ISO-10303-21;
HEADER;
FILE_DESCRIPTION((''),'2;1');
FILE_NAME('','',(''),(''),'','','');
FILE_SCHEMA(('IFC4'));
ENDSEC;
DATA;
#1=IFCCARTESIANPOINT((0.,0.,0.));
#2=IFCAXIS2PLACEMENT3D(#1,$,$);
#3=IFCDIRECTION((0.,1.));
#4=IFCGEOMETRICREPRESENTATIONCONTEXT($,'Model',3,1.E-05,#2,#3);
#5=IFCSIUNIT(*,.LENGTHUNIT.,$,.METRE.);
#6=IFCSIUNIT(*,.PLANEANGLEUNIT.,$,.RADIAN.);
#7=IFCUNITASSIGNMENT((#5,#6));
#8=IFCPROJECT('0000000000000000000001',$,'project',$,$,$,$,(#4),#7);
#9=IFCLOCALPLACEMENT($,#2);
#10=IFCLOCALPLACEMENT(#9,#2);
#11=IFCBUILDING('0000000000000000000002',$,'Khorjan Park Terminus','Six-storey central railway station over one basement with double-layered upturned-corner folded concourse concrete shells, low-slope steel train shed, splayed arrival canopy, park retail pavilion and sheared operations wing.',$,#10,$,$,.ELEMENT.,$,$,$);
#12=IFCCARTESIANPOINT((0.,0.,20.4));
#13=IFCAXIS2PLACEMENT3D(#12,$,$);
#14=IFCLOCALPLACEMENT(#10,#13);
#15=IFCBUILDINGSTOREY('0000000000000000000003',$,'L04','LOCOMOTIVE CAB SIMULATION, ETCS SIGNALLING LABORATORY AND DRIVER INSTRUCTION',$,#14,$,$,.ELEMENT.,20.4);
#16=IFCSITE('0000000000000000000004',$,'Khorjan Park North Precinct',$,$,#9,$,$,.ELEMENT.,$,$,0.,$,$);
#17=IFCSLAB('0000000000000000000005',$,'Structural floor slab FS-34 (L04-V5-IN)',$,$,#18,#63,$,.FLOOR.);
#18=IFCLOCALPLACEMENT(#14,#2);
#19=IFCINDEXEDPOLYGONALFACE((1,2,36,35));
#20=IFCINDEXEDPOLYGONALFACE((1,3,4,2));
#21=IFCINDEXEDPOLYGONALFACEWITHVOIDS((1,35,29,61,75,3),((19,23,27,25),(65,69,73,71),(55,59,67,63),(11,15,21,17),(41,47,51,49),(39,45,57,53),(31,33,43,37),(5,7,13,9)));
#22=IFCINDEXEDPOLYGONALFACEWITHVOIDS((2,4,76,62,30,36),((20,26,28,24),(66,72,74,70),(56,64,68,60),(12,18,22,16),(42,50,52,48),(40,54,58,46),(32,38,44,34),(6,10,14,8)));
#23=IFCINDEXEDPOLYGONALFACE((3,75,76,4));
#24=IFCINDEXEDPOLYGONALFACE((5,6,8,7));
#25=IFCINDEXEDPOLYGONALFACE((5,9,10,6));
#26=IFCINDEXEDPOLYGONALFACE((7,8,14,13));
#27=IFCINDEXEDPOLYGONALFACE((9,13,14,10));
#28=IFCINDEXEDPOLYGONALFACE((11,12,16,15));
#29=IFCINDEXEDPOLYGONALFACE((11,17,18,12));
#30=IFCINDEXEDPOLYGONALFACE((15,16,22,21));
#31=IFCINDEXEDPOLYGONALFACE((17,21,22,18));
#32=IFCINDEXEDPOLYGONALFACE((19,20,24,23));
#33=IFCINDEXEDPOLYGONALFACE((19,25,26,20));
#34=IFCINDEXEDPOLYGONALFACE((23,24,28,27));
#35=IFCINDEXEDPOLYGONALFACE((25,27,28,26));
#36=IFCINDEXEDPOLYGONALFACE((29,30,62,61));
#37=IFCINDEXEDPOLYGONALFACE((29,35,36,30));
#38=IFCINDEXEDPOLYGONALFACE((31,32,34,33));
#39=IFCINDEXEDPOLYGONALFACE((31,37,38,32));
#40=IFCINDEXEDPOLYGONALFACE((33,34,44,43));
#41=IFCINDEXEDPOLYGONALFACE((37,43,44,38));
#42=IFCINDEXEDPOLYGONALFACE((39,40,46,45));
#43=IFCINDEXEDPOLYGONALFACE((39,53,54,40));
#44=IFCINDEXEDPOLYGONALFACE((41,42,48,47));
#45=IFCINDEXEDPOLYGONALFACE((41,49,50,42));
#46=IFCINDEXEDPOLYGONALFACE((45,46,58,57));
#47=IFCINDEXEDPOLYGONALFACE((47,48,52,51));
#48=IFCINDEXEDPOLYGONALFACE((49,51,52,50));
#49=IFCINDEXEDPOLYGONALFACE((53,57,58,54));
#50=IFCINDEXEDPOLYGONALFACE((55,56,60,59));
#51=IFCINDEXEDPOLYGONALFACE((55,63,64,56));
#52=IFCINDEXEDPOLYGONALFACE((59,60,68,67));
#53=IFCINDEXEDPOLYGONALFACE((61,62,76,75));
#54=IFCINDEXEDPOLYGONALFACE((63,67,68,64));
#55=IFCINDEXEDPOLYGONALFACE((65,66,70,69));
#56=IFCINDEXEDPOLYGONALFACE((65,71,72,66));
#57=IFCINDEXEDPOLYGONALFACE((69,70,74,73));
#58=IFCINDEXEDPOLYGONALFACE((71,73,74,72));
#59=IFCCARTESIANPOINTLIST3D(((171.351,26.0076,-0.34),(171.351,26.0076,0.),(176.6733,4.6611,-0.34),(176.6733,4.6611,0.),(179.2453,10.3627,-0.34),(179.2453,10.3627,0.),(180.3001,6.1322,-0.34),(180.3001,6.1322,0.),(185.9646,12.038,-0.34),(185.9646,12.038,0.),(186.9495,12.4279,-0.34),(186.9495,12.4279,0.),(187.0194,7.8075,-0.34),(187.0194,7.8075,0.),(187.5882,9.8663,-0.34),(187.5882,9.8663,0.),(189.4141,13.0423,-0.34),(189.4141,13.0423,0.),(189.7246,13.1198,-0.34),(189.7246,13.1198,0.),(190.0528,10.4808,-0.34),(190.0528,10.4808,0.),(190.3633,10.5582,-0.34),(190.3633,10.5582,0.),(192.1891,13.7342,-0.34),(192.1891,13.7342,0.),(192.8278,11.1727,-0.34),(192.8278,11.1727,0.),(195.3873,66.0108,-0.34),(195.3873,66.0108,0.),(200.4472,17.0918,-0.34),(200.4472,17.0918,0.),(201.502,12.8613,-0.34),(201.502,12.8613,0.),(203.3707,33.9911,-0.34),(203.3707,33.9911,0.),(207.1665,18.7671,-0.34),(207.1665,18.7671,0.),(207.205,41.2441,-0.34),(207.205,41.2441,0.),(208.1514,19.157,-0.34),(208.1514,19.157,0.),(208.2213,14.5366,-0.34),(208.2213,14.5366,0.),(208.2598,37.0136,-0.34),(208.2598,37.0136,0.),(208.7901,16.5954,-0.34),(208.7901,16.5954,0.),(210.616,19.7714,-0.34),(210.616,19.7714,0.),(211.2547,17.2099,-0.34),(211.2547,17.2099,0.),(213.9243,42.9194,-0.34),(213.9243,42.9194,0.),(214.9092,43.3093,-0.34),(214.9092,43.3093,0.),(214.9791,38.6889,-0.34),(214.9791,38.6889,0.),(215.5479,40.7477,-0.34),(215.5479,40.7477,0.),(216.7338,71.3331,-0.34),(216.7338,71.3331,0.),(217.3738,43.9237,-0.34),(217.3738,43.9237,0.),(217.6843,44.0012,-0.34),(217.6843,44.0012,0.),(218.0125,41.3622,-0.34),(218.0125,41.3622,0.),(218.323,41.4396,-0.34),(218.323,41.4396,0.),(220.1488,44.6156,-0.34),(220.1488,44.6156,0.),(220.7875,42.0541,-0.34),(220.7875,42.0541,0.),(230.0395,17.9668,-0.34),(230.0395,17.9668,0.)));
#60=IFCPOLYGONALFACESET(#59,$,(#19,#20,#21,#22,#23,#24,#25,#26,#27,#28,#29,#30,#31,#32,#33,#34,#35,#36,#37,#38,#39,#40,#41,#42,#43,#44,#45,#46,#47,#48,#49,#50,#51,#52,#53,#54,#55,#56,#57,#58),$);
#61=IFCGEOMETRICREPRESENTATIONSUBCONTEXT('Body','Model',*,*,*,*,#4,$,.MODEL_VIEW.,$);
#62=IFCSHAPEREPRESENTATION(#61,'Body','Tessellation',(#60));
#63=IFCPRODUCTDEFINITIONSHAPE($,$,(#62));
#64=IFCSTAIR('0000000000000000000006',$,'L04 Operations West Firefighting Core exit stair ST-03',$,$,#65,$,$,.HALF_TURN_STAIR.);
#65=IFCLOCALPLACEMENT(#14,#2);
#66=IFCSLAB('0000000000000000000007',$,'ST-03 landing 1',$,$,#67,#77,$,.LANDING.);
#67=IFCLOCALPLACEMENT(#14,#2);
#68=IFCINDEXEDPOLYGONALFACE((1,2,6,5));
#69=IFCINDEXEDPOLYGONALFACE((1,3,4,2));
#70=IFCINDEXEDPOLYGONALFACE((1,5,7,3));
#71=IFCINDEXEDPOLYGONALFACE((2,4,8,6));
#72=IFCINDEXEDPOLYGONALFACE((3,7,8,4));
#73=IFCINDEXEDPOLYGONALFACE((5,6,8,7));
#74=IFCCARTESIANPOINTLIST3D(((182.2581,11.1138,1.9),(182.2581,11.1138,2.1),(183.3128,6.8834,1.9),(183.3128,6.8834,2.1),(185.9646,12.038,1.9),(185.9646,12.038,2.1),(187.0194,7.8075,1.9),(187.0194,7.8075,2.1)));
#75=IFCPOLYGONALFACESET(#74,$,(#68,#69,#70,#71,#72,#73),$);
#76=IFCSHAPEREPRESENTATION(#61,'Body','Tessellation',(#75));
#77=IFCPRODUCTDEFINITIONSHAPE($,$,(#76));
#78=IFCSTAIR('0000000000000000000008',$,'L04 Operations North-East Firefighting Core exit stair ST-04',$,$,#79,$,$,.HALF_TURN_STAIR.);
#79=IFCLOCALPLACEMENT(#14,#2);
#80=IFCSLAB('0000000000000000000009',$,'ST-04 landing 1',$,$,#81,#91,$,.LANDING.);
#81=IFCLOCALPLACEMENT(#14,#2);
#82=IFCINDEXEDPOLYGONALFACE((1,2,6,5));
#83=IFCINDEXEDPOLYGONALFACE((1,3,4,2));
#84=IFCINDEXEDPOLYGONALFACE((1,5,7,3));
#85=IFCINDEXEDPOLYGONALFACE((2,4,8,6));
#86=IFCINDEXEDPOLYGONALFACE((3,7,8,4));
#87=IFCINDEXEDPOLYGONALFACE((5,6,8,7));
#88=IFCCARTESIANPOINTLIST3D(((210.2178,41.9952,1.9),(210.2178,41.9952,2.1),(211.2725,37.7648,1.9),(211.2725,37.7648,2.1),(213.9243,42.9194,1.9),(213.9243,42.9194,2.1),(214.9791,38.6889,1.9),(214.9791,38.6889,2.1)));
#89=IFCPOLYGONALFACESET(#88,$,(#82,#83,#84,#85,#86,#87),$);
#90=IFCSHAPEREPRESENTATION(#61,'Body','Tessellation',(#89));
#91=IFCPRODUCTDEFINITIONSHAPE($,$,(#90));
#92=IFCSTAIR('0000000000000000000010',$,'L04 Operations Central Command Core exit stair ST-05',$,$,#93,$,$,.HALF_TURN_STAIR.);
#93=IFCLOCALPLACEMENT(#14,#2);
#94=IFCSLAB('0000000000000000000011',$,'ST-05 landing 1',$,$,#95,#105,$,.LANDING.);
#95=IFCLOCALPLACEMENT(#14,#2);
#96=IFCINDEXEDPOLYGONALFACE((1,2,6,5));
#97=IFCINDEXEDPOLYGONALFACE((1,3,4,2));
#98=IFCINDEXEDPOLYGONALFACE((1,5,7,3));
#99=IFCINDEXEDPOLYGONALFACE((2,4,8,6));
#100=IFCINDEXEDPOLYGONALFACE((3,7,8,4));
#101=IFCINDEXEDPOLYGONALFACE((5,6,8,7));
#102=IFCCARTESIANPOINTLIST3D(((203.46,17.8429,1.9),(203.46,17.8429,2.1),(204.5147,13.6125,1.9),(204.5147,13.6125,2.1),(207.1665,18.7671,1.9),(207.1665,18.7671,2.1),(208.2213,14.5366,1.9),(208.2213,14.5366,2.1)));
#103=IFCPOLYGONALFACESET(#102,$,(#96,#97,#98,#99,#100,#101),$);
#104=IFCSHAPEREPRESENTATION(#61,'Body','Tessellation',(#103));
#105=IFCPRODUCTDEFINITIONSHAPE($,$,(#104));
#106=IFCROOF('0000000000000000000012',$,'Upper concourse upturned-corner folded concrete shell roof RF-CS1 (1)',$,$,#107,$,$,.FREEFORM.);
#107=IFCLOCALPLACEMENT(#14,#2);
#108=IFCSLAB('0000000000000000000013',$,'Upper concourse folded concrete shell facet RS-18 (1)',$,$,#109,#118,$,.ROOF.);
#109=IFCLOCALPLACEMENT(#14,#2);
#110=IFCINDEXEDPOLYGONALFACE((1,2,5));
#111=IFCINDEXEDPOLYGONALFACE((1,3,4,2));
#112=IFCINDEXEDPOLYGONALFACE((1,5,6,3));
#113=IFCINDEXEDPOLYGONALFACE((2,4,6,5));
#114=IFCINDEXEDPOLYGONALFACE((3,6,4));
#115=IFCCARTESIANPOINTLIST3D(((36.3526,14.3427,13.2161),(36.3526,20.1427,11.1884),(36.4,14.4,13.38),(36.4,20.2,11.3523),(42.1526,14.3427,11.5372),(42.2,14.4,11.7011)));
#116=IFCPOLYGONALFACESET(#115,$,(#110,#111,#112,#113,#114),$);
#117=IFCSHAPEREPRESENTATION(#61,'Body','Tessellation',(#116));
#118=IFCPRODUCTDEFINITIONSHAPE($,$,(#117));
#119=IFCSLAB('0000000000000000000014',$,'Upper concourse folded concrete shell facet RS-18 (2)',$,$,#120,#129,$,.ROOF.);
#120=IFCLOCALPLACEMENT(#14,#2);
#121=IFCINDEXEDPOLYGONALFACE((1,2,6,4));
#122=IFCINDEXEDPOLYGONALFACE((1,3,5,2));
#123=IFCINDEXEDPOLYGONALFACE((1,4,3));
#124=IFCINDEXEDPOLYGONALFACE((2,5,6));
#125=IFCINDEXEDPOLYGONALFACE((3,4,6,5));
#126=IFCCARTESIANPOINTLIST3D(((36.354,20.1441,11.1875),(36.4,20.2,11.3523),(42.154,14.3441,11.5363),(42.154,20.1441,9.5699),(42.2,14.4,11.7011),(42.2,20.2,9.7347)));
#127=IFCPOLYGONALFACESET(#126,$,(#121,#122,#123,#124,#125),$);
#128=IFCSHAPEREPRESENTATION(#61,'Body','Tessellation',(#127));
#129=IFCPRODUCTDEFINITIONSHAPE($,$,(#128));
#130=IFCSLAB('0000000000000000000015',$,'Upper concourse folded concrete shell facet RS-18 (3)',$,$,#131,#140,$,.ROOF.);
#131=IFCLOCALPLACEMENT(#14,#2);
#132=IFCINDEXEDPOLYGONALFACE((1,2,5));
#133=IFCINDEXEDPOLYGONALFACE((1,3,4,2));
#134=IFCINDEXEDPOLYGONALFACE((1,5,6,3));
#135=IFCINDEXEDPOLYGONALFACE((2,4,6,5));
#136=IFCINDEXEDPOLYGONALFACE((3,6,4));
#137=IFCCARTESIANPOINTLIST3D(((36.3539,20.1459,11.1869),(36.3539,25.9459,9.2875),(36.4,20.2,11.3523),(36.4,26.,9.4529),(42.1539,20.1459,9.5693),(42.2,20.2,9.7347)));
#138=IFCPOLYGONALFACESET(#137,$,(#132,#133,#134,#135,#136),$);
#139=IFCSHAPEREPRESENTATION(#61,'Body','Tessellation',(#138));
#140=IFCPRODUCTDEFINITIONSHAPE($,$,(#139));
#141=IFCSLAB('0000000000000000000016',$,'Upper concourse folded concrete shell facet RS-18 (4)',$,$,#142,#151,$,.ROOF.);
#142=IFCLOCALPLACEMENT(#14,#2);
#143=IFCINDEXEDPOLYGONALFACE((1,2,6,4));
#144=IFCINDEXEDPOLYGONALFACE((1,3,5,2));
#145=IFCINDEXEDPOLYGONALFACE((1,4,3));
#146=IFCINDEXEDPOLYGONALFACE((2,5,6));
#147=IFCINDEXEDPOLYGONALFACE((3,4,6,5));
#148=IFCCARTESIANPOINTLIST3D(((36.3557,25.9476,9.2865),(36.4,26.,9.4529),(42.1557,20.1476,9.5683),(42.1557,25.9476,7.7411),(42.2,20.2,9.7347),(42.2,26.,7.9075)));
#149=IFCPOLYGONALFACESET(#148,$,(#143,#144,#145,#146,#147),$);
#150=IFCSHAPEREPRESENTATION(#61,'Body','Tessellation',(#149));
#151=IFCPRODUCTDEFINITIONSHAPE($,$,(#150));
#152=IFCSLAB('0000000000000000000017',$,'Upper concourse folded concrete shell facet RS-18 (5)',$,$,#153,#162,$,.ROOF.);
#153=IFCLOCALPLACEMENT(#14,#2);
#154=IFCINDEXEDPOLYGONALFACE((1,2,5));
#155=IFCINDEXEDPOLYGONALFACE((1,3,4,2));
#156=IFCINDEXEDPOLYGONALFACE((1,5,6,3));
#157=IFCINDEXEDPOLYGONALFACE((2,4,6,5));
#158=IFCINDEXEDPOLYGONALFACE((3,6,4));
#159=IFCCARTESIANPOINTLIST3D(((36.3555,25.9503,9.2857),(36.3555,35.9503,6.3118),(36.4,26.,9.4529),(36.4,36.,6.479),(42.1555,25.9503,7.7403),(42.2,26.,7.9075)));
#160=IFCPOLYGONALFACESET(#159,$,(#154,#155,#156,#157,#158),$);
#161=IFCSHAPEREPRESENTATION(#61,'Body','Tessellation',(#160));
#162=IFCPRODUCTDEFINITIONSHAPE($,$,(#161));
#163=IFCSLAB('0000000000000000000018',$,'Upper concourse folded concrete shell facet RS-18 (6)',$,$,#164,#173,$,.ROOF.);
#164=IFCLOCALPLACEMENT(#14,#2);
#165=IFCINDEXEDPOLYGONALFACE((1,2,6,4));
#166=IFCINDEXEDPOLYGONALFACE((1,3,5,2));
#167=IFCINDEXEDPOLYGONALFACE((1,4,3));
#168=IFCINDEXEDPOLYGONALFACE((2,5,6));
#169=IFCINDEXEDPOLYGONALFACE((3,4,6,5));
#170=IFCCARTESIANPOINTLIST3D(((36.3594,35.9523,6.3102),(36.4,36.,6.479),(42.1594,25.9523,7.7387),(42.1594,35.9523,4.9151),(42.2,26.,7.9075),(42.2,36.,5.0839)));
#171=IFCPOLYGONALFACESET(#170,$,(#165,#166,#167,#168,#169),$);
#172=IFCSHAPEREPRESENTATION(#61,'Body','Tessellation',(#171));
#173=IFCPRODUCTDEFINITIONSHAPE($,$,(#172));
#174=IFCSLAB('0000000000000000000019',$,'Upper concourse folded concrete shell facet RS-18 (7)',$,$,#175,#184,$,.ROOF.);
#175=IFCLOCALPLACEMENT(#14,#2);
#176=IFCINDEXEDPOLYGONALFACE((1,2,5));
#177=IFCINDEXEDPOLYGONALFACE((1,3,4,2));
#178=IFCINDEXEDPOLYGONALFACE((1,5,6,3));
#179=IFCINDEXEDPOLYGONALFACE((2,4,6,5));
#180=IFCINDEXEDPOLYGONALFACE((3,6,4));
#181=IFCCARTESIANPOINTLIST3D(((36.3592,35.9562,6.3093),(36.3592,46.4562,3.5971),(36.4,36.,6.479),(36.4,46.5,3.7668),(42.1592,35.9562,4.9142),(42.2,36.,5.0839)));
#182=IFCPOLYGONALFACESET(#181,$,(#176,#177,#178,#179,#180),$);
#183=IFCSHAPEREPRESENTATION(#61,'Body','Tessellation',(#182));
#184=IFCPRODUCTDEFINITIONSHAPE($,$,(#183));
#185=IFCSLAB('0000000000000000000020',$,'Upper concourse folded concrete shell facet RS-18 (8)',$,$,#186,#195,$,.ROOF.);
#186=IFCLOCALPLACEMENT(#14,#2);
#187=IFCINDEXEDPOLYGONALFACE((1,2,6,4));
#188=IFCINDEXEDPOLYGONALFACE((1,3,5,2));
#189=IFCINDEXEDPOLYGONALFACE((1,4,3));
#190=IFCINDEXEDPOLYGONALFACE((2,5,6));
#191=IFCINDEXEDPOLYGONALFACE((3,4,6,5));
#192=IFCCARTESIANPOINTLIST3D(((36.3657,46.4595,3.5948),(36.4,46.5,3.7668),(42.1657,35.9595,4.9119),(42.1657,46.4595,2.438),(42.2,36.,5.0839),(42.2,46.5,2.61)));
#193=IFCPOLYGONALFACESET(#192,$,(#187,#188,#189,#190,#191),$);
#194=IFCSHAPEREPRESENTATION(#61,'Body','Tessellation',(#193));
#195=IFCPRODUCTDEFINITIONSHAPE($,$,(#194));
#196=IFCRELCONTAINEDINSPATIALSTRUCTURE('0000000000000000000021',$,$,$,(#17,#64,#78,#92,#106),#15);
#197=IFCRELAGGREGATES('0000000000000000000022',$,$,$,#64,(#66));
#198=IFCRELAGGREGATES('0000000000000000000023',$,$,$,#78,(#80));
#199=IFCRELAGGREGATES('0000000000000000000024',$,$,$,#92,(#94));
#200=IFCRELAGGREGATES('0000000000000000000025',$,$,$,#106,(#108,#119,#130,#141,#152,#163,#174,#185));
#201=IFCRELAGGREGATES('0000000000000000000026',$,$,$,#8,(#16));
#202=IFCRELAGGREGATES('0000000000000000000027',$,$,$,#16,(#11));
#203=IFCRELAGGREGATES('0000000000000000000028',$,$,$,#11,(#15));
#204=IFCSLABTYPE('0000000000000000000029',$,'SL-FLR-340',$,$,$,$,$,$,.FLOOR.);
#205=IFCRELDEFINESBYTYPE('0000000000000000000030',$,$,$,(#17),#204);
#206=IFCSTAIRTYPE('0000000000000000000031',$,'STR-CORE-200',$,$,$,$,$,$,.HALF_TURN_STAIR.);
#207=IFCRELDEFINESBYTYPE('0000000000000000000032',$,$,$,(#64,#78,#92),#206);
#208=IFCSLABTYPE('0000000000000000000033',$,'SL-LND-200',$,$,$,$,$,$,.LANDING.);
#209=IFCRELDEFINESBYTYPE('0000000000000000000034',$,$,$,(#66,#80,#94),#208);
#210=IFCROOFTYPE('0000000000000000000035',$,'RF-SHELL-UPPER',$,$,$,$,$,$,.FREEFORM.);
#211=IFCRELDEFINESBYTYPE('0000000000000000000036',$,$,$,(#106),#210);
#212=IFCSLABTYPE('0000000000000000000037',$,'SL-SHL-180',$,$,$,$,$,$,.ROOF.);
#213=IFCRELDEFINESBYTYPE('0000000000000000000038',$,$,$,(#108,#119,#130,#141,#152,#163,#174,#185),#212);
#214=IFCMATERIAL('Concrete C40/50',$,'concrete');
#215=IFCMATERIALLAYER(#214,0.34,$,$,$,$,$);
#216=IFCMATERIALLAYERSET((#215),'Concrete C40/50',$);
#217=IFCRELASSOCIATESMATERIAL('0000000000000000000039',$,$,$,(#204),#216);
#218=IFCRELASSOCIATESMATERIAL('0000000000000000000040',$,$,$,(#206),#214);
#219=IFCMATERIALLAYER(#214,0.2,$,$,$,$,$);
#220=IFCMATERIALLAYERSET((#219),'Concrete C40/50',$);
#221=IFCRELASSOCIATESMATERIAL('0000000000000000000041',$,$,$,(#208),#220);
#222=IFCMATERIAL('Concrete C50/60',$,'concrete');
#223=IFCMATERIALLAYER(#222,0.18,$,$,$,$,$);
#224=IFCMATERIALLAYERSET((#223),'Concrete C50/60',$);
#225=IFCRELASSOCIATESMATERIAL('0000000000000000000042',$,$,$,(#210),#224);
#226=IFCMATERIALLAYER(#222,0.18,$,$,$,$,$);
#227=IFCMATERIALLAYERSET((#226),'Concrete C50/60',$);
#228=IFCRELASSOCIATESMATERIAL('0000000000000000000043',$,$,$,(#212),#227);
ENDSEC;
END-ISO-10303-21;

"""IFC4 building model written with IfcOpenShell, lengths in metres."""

from ifc_helpers import new_model, si_unit, direction, frame, origin, place, context, subcontext, project, spatial, polyline, outline, extrude, material, layer, layer_set, type_object, element, aggregate, save


model = new_model("IFC4")

# Units and contexts
model_context = context("Model", 3, precision=1e-05, world=origin(), true_north=direction((0.0, 1.0)))
body_context = subcontext(model_context, "Body", "Model", "MODEL_VIEW")
ifc_project = project(units=[si_unit("LENGTHUNIT", "METRE"), si_unit("PLANEANGLEUNIT", "RADIAN")], contexts=[model_context])

# Site, building, storey
site_placement = place(None, origin())
site = spatial("IfcSite", under=ifc_project, at=site_placement, Name="Khorjan Park North Precinct", CompositionType="ELEMENT", RefElevation=0.0)
building_placement = place(site_placement, origin())
building = spatial("IfcBuilding", under=site, at=building_placement, Name="Khorjan Park Terminus", Description="Six-storey central railway station over one basement with double-layered upturned-corner folded concourse concrete shells, low-slope steel train shed, splayed arrival canopy, park retail pavilion and sheared operations wing.", CompositionType="ELEMENT")
storey_placement = place(building_placement, frame((0.0, 0.0, 20.4)))
storey = spatial("IfcBuildingStorey", under=building, at=storey_placement, Name="L04", Description="LOCOMOTIVE CAB SIMULATION, ETCS SIGNALLING LABORATORY AND DRIVER INSTRUCTION", CompositionType="ELEMENT", Elevation=20.4)

# Slab
ifc_material_1 = material(Name="Concrete C40/50", Category="concrete")
ifc_layer_1 = layer(ifc_material_1, 0.34)
ifc_layer_set_1 = layer_set([ifc_layer_1], Name="Concrete C40/50")
slab_type_1 = type_object("IfcSlabType", Name="SL-FLR-340", PredefinedType="FLOOR", material=ifc_layer_set_1)
slab_1_placement = place(storey_placement, frame((0.0, 0.0, -0.34)))
element("IfcSlab", 1, at=slab_1_placement, inside=storey, type_object=slab_type_1, Name="Structural floor slab FS-34 (L04-V5-IN)", PredefinedType="FLOOR", context=body_context, shape_type="SweptSolid", body=[
    extrude(outline(polyline([(171.351, 26.0076), (203.3707, 33.9911), (195.3873, 66.0108), (216.7338, 71.3331), (230.0395, 17.9668), (176.6733, 4.6611), (171.351, 26.0076)]), holes=[polyline([(185.9646, 12.038), (179.2453, 10.3627), (180.3001, 6.1322), (187.0194, 7.8075), (185.9646, 12.038)]), polyline([(189.4141, 13.0423), (186.9495, 12.4279), (187.5882, 9.8663), (190.0528, 10.4808), (189.4141, 13.0423)]), polyline([(192.1891, 13.7342), (189.7246, 13.1198), (190.3633, 10.5582), (192.8278, 11.1727), (192.1891, 13.7342)]), polyline([(207.1665, 18.7671), (200.4472, 17.0918), (201.502, 12.8613), (208.2213, 14.5366), (207.1665, 18.7671)]), polyline([(210.616, 19.7714), (208.1514, 19.157), (208.7901, 16.5954), (211.2547, 17.2099), (210.616, 19.7714)]), polyline([(213.9243, 42.9194), (207.205, 41.2441), (208.2598, 37.0136), (214.9791, 38.6889), (213.9243, 42.9194)]), polyline([(217.3738, 43.9237), (214.9092, 43.3093), (215.5479, 40.7477), (218.0125, 41.3622), (217.3738, 43.9237)]), polyline([(220.1488, 44.6156), (217.6843, 44.0012), (218.323, 41.4396), (220.7875, 42.0541), (220.1488, 44.6156)])]), origin(), (0.0, 0.0, 1.0), 0.34),
])

# Stairs, slabs
stair_type = type_object("IfcStairType", Name="STR-CORE-200", PredefinedType="HALF_TURN_STAIR", material=ifc_material_1)
stair_1_placement = place(storey_placement, origin())
stair_1 = element("IfcStair", 2, at=stair_1_placement, inside=storey, type_object=stair_type, Name="L04 Operations West Firefighting Core exit stair ST-03", PredefinedType="HALF_TURN_STAIR")
ifc_layer_2 = layer(ifc_material_1, 0.2)
ifc_layer_set_2 = layer_set([ifc_layer_2], Name="Concrete C40/50")
slab_type_2 = type_object("IfcSlabType", Name="SL-LND-200", PredefinedType="LANDING", material=ifc_layer_set_2)
slab_2_placement = place(storey_placement, frame((0.0, 0.0, 1.9)))
slab_2 = element("IfcSlab", 3, at=slab_2_placement, type_object=slab_type_2, Name="ST-03 landing 1", PredefinedType="LANDING", context=body_context, shape_type="SweptSolid", body=[
    extrude(outline(polyline([(183.3128, 6.8834), (187.0194, 7.8075), (185.9646, 12.038), (182.2581, 11.1138), (183.3128, 6.8834)])), origin(), (0.0, 0.0, 1.0), 0.2),
])
aggregate(stair_1, [slab_2])
stair_2_placement = place(storey_placement, origin())
stair_2 = element("IfcStair", 4, at=stair_2_placement, inside=storey, type_object=stair_type, Name="L04 Operations North-East Firefighting Core exit stair ST-04", PredefinedType="HALF_TURN_STAIR")
slab_3_placement = place(storey_placement, frame((0.0, 0.0, 1.9)))
slab_3 = element("IfcSlab", 5, at=slab_3_placement, type_object=slab_type_2, Name="ST-04 landing 1", PredefinedType="LANDING", context=body_context, shape_type="SweptSolid", body=[
    extrude(outline(polyline([(211.2725, 37.7648), (214.9791, 38.6889), (213.9243, 42.9194), (210.2178, 41.9952), (211.2725, 37.7648)])), origin(), (0.0, 0.0, 1.0), 0.2),
])
aggregate(stair_2, [slab_3])
stair_3_placement = place(storey_placement, origin())
stair_3 = element("IfcStair", 6, at=stair_3_placement, inside=storey, type_object=stair_type, Name="L04 Operations Central Command Core exit stair ST-05", PredefinedType="HALF_TURN_STAIR")
slab_4_placement = place(storey_placement, frame((0.0, 0.0, 1.9)))
slab_4 = element("IfcSlab", 7, at=slab_4_placement, type_object=slab_type_2, Name="ST-05 landing 1", PredefinedType="LANDING", context=body_context, shape_type="SweptSolid", body=[
    extrude(outline(polyline([(204.5147, 13.6125), (208.2213, 14.5366), (207.1665, 18.7671), (203.46, 17.8429), (204.5147, 13.6125)])), origin(), (0.0, 0.0, 1.0), 0.2),
])
aggregate(stair_3, [slab_4])

# Roof, slabs
ifc_material_2 = material(Name="Concrete C50/60", Category="concrete")
ifc_layer_3 = layer(ifc_material_2, 0.18)
ifc_layer_set_3 = layer_set([ifc_layer_3], Name="Concrete C50/60")
roof_type = type_object("IfcRoofType", Name="RF-SHELL-UPPER", PredefinedType="FREEFORM", material=ifc_layer_set_3)
roof_placement = place(storey_placement, origin())
roof = element("IfcRoof", 8, at=roof_placement, inside=storey, type_object=roof_type, Name="Upper concourse upturned-corner folded concrete shell roof RF-CS1 (1)", PredefinedType="FREEFORM")
ifc_layer_4 = layer(ifc_material_2, 0.18)
ifc_layer_set_4 = layer_set([ifc_layer_4], Name="Concrete C50/60")
slab_type_3 = type_object("IfcSlabType", Name="SL-SHL-180", PredefinedType="ROOF", material=ifc_layer_set_4)
slab_5_placement = place(storey_placement, frame((36.4, 14.4, 13.38), z_axis=(0.263585, 0.318346, 0.910592), x_axis=(0.960566, 0.0, -0.278051)))
slab_5 = element("IfcSlab", 9, at=slab_5_placement, type_object=slab_type_3, Name="Upper concourse folded concrete shell facet RS-18 (1)", PredefinedType="ROOF", context=body_context, shape_type="SweptSolid", body=[
    extrude(outline(polyline([(0.0, 0.0), (6.0381, 0.0), (0.5638, 6.1183), (0.0, 0.0)])), origin(), (0.0, 0.0, -1.0), 0.18),
])
slab_6_placement = place(storey_placement, frame((42.2, 14.4, 11.7011), z_axis=(0.255372, 0.310437, 0.91565), x_axis=(0.0, 0.947051, -0.321083)))
slab_6 = element("IfcSlab", 10, at=slab_6_placement, type_object=slab_type_3, Name="Upper concourse folded concrete shell facet RS-18 (2)", PredefinedType="ROOF", context=body_context, shape_type="SweptSolid", body=[
    extrude(outline(polyline([(0.0, 0.0), (6.1243, 0.0), (5.6049, 5.9989), (0.0, 0.0)])), origin(), (0.0, 0.0, -1.0), 0.18),
])
slab_7_placement = place(storey_placement, frame((36.4, 20.2, 11.3523), z_axis=(0.2562, 0.300832, 0.918619), x_axis=(0.963239, 0.0, -0.268644)))
slab_7 = element("IfcSlab", 11, at=slab_7_placement, type_object=slab_type_3, Name="Upper concourse folded concrete shell facet RS-18 (3)", PredefinedType="ROOF", context=body_context, shape_type="SweptSolid", body=[
    extrude(outline(polyline([(0.0, 0.0), (6.0213, 0.0), (0.5103, 6.0817), (0.0, 0.0)])), origin(), (0.0, 0.0, -1.0), 0.18),
])
slab_8_placement = place(storey_placement, frame((42.2, 20.2, 9.7347), z_axis=(0.246306, 0.291219, 0.924405), x_axis=(0.0, 0.953789, -0.300476)))
slab_8 = element("IfcSlab", 12, at=slab_8_placement, type_object=slab_type_3, Name="Upper concourse folded concrete shell facet RS-18 (4)", PredefinedType="ROOF", context=body_context, shape_type="SweptSolid", body=[
    extrude(outline(polyline([(0.0, 0.0), (6.081, 0.0), (5.6167, 5.9844), (0.0, 0.0)])), origin(), (0.0, 0.0, -1.0), 0.18),
])
slab_9_placement = place(storey_placement, frame((36.4, 26.0, 9.4529), z_axis=(0.247451, 0.276187, 0.928703), x_axis=(0.966287, 0.0, -0.257466)))
slab_9 = element("IfcSlab", 13, at=slab_9_placement, type_object=slab_type_3, Name="Upper concourse folded concrete shell facet RS-18 (5)", PredefinedType="ROOF", context=body_context, shape_type="SweptSolid", body=[
    extrude(outline(polyline([(0.0, 0.0), (6.0024, 0.0), (0.7657, 10.4047), (0.0, 0.0)])), origin(), (0.0, 0.0, -1.0), 0.18),
])
slab_10_placement = place(storey_placement, frame((42.2, 26.0, 7.9075), z_axis=(0.22552, 0.264735, 0.93758), x_axis=(0.0, 0.962372, -0.271735)))
slab_10 = element("IfcSlab", 14, at=slab_10_placement, type_object=slab_type_3, Name="Upper concourse folded concrete shell facet RS-18 (6)", PredefinedType="ROOF", context=body_context, shape_type="SweptSolid", body=[
    extrude(outline(polyline([(0.0, 0.0), (10.391, 0.0), (10.0119, 5.9534), (0.0, 0.0)])), origin(), (0.0, 0.0, -1.0), 0.18),
])
slab_11_placement = place(storey_placement, frame((36.4, 36.0, 6.479), z_axis=(0.226821, 0.243578, 0.942986), x_axis=(0.972269, 0.0, -0.233864)))
slab_11 = element("IfcSlab", 15, at=slab_11_placement, type_object=slab_type_3, Name="Upper concourse folded concrete shell facet RS-18 (7)", PredefinedType="ROOF", context=body_context, shape_type="SweptSolid", body=[
    extrude(outline(polyline([(0.0, 0.0), (5.9654, 0.0), (0.6343, 10.8261), (0.0, 0.0)])), origin(), (0.0, 0.0, -1.0), 0.18),
])
slab_12_placement = place(storey_placement, frame((42.2, 36.0, 5.0839), z_axis=(0.190575, 0.225127, 0.95551), x_axis=(0.0, 0.973349, -0.22933)))
slab_12 = element("IfcSlab", 16, at=slab_12_placement, type_object=slab_type_3, Name="Upper concourse folded concrete shell facet RS-18 (8)", PredefinedType="ROOF", context=body_context, shape_type="SweptSolid", body=[
    extrude(outline(polyline([(0.0, 0.0), (10.7875, 0.0), (10.5222, 5.9083), (0.0, 0.0)])), origin(), (0.0, 0.0, -1.0), 0.18),
])
aggregate(roof, [slab_5, slab_6, slab_7, slab_8, slab_9, slab_10, slab_11, slab_12])

save(model, "model.ifc")
